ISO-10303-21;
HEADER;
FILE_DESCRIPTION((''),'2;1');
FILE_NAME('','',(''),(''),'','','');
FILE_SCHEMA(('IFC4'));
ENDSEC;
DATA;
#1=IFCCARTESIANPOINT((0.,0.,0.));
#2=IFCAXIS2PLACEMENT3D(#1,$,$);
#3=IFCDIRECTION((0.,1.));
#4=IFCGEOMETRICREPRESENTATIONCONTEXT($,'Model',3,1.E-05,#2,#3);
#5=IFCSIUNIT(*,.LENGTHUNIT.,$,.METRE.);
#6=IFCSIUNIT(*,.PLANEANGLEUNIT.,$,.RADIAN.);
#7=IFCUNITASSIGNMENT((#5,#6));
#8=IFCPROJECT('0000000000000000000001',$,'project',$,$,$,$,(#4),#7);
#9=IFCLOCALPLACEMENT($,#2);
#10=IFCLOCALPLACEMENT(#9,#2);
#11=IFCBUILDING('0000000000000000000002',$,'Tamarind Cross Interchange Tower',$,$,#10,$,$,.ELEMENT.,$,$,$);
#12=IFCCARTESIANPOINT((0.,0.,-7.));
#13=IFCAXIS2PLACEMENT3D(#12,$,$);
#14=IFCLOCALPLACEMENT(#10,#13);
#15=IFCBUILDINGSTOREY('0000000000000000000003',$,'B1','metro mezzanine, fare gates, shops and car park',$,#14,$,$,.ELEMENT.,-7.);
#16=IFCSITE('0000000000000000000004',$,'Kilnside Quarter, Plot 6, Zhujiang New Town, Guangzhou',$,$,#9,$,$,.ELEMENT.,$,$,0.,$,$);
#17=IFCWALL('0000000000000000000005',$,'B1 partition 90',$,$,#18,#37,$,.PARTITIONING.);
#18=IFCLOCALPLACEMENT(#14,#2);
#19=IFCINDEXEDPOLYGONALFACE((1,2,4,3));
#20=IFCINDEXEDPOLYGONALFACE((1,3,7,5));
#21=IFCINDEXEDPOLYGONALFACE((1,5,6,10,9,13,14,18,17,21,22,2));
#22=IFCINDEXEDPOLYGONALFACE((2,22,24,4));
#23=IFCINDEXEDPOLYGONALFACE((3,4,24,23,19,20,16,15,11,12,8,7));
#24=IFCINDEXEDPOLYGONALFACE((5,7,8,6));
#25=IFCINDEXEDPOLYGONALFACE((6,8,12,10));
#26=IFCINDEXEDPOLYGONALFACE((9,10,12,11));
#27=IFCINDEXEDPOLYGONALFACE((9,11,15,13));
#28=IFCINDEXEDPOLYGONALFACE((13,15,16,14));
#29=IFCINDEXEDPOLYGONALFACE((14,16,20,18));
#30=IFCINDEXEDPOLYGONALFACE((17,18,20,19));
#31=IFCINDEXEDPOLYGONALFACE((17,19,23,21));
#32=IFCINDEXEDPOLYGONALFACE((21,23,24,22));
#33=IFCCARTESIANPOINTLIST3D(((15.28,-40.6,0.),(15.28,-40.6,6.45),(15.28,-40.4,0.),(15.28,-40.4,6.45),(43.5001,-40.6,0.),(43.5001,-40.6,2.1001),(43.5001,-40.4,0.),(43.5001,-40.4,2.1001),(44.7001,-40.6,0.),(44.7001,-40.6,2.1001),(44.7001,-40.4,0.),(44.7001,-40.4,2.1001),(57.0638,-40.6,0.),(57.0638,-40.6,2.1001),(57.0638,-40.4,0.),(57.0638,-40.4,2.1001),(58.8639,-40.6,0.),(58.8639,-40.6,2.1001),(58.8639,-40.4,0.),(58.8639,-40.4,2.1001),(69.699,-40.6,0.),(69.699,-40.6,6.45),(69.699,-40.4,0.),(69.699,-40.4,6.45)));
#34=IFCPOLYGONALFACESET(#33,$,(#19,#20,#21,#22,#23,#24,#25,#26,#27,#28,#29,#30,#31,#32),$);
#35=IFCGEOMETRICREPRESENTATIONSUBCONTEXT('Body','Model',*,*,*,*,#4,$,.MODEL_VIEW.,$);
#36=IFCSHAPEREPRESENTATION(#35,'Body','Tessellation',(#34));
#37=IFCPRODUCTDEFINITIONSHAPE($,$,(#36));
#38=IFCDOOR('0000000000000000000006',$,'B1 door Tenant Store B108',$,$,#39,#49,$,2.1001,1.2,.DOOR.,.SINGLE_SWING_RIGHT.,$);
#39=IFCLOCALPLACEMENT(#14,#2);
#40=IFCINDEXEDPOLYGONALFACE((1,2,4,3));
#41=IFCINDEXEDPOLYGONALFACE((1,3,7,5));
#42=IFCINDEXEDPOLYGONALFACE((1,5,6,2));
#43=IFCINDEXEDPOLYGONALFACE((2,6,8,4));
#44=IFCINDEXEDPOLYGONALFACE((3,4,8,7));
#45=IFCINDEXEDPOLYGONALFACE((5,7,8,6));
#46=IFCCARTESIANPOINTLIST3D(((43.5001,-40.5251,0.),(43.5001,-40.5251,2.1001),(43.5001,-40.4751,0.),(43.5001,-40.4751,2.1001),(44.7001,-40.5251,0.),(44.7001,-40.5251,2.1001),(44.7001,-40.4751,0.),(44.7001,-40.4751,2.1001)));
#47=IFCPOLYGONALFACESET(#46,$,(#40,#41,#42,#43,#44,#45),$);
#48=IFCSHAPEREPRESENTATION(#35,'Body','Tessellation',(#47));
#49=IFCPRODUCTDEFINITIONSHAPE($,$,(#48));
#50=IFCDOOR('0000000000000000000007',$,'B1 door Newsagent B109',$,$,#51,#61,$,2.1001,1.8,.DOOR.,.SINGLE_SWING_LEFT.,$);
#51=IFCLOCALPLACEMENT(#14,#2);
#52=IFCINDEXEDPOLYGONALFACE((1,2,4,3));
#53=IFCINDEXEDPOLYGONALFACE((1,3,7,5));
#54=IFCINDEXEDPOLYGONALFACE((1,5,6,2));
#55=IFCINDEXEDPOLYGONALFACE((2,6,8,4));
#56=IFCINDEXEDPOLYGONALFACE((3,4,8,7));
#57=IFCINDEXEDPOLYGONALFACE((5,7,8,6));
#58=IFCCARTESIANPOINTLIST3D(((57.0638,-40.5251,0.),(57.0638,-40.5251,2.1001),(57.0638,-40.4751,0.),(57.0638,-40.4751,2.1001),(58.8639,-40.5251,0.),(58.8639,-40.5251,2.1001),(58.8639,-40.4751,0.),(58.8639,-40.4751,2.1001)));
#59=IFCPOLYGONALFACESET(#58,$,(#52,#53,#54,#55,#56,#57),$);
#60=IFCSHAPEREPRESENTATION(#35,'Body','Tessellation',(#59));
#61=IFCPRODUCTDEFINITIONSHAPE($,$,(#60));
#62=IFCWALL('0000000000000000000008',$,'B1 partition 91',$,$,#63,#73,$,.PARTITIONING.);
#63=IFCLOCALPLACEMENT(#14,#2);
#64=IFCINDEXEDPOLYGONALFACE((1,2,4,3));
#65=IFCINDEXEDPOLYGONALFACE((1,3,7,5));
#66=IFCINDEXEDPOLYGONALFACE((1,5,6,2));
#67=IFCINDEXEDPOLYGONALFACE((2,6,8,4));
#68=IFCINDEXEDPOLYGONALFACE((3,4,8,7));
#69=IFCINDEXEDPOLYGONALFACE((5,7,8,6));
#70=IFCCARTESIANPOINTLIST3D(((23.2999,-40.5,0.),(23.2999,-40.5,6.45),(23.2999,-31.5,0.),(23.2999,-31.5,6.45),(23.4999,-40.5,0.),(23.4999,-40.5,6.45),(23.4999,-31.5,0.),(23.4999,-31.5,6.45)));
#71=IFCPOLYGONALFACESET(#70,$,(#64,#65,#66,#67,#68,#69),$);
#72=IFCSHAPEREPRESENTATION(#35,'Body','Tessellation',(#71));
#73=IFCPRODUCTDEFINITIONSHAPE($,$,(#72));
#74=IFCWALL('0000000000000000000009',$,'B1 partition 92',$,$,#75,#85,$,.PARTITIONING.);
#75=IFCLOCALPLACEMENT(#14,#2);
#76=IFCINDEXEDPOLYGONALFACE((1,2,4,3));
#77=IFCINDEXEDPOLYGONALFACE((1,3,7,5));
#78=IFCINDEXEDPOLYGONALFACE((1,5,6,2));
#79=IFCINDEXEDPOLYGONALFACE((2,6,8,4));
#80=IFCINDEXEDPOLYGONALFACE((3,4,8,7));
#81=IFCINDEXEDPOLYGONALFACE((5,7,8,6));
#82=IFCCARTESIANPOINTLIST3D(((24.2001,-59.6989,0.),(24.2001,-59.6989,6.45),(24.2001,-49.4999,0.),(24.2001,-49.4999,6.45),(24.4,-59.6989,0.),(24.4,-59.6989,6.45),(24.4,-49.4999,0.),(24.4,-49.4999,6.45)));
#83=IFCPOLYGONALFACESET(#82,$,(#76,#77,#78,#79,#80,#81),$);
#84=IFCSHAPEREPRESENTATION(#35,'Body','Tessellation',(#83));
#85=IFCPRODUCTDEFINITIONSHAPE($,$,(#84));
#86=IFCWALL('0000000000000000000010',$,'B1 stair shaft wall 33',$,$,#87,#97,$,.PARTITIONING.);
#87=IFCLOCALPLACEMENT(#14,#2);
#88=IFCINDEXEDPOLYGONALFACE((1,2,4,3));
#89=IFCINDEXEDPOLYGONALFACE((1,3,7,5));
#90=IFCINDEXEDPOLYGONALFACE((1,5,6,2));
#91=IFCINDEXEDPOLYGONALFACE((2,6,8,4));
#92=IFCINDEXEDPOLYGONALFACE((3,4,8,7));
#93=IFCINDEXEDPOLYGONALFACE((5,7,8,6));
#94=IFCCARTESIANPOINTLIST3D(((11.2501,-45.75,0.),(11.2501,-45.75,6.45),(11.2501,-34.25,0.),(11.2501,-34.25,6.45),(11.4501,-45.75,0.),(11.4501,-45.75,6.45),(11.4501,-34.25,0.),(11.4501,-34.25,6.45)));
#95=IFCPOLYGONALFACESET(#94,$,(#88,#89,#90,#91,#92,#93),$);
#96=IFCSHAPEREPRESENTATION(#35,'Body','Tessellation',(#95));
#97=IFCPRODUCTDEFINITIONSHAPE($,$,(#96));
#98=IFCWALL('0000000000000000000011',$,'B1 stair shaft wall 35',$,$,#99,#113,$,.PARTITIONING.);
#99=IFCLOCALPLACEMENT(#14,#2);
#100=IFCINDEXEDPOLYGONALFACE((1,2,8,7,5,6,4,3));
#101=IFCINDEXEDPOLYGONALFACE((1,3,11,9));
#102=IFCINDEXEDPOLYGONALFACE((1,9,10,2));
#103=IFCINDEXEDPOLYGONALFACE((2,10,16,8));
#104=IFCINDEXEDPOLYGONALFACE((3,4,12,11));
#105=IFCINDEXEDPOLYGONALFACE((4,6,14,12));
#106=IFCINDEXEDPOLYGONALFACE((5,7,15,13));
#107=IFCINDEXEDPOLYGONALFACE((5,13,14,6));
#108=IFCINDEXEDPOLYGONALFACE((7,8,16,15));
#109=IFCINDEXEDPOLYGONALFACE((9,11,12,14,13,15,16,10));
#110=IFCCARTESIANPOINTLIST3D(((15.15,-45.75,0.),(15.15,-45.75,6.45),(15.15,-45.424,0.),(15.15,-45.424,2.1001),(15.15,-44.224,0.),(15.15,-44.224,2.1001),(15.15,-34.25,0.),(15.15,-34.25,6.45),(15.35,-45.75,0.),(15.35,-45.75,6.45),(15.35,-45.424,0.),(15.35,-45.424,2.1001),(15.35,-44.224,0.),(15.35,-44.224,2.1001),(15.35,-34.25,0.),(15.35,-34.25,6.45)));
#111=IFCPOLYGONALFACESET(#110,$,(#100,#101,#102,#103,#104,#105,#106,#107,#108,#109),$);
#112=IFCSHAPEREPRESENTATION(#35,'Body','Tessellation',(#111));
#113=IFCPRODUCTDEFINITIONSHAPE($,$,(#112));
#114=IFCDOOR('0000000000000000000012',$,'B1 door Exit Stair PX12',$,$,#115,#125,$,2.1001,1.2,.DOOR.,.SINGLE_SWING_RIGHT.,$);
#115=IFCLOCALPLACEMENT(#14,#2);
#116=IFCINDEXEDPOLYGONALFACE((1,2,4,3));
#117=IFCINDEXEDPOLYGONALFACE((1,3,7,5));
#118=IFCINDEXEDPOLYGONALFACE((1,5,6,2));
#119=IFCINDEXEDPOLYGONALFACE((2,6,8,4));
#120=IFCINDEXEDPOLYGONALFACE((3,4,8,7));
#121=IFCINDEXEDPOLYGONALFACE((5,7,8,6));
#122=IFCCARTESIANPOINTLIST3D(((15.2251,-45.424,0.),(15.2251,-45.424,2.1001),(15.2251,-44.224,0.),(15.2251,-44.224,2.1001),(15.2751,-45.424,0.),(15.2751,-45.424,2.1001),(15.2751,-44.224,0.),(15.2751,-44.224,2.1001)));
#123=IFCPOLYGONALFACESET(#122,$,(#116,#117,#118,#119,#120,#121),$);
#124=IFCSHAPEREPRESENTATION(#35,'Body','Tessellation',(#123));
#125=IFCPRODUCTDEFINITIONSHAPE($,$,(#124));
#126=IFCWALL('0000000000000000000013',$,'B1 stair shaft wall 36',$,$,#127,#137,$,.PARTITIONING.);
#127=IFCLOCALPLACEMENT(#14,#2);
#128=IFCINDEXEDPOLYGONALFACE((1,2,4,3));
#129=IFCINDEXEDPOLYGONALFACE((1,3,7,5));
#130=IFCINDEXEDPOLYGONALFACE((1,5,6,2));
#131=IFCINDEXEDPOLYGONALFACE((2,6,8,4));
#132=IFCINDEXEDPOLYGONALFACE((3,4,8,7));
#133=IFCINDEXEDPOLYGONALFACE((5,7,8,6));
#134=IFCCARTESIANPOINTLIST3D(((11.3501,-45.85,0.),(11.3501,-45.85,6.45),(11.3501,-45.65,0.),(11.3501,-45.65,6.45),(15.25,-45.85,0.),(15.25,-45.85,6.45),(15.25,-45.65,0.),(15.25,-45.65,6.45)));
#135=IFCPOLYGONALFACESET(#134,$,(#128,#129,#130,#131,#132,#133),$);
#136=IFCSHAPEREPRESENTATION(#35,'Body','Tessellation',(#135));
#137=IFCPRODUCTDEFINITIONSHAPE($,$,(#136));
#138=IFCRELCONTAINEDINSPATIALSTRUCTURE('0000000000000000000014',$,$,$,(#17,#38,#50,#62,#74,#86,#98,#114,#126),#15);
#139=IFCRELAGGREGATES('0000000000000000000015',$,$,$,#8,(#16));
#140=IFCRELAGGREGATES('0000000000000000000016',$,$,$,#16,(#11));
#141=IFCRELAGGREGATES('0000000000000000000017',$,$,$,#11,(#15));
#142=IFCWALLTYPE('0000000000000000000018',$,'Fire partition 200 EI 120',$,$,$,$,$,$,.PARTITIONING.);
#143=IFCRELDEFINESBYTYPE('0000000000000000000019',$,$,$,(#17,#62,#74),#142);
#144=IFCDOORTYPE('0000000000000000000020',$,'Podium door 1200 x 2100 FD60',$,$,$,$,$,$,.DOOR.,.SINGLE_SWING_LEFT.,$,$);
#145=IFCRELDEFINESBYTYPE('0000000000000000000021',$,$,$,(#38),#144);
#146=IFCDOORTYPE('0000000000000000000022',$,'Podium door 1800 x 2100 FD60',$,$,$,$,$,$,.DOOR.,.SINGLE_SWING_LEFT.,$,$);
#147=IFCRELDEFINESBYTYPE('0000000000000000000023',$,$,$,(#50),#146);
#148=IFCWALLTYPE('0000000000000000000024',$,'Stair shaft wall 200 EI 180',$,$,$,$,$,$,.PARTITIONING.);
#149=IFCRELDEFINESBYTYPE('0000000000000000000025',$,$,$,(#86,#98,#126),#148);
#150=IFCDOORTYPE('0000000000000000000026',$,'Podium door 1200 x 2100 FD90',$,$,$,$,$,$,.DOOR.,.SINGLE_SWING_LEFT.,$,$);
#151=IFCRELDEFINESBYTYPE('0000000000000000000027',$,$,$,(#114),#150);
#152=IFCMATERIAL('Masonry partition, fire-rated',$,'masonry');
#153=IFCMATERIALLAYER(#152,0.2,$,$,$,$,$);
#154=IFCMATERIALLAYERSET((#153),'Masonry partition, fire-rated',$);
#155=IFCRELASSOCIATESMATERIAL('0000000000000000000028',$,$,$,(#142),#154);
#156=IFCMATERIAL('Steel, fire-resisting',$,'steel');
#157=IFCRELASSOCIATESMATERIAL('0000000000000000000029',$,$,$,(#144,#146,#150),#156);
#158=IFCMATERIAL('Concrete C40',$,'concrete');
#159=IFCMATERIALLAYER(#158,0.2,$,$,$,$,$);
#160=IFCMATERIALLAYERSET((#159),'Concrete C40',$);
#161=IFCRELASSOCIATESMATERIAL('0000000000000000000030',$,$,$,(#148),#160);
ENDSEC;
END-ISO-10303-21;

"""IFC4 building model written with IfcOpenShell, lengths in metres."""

from ifc_helpers import new_model, si_unit, direction, frame, frame_2d, origin, place, context, subcontext, project, spatial, rectangle, extrude, material, layer, layer_set, type_object, element, fill, save


model = new_model("IFC4")

# Units and contexts
model_context = context("Model", 3, precision=1e-05, world=origin(), true_north=direction((0.0, 1.0)))
body_context = subcontext(model_context, "Body", "Model", "MODEL_VIEW")
ifc_project = project(units=[si_unit("LENGTHUNIT", "METRE"), si_unit("PLANEANGLEUNIT", "RADIAN")], contexts=[model_context])

# Site, building, storey
site_placement = place(None, origin())
site = spatial("IfcSite", under=ifc_project, at=site_placement, Name="Kilnside Quarter, Plot 6, Zhujiang New Town, Guangzhou", CompositionType="ELEMENT", RefElevation=0.0)
building_placement = place(site_placement, origin())
building = spatial("IfcBuilding", under=site, at=building_placement, Name="Tamarind Cross Interchange Tower", CompositionType="ELEMENT")
storey_placement = place(building_placement, frame((0.0, 0.0, -7.0)))
storey = spatial("IfcBuildingStorey", under=building, at=storey_placement, Name="B1", Description="metro mezzanine, fare gates, shops and car park", CompositionType="ELEMENT", Elevation=-7.0)

# Shared definitions
ifc_material_1 = material(Name="Masonry partition, fire-rated", Category="masonry")
ifc_layer_1 = layer(ifc_material_1, 0.2)
ifc_layer_set_1 = layer_set([ifc_layer_1], Name="Masonry partition, fire-rated")
wall_type_1 = type_object("IfcWallType", Name="Fire partition 200 EI 120", PredefinedType="PARTITIONING", material=ifc_layer_set_1)

# Wall, openings, doors
ifc_material_2 = material(Name="Steel, fire-resisting", Category="steel")
door_type_1 = type_object("IfcDoorType", Name="Podium door 1200 x 2100 FD60", OperationType="SINGLE_SWING_LEFT", PredefinedType="DOOR", material=ifc_material_2)
door_type_2 = type_object("IfcDoorType", Name="Podium door 1800 x 2100 FD60", OperationType="SINGLE_SWING_LEFT", PredefinedType="DOOR", material=ifc_material_2)
wall_1_placement = place(storey_placement, frame((15.28, -40.5, 0.0), z_axis=(0.0, 0.0, 1.0), x_axis=(1.0, 0.0, 0.0)))
wall_1 = element("IfcWall", 1, at=wall_1_placement, inside=storey, type_object=wall_type_1, Name="B1 partition 90", PredefinedType="PARTITIONING", context=body_context, shape_type="SweptSolid", body=[
    extrude(rectangle(XDim=54.4189, YDim=0.2, at=frame_2d((27.2095, 0.0))), origin(), (0.0, 0.0, 1.0), 6.45),
])
opening_1_placement = place(wall_1_placement, frame((28.22, 0.0, 0.0)))
opening_1 = element("IfcOpeningElement", 2, at=opening_1_placement, cuts=wall_1, PredefinedType="OPENING", context=body_context, shape_type="SweptSolid", body=[
    extrude(rectangle(XDim=1.2, YDim=2.1001, at=frame_2d((0.6001, 1.05))), frame((0.0, 0.1099, 0.0), z_axis=(0.0, -1.0, 0.0), x_axis=(1.0, 0.0, 0.0)), (0.0, 0.0, 1.0), 0.22),
])
opening_2_placement = place(wall_1_placement, frame((41.7839, 0.0, 0.0)))
opening_2 = element("IfcOpeningElement", 3, at=opening_2_placement, cuts=wall_1, PredefinedType="OPENING", context=body_context, shape_type="SweptSolid", body=[
    extrude(rectangle(XDim=1.8, YDim=2.1001, at=frame_2d((0.8999, 1.05))), frame((0.0, 0.1099, 0.0), z_axis=(0.0, -1.0, 0.0), x_axis=(1.0, 0.0, 0.0)), (0.0, 0.0, 1.0), 0.22),
])
door_1_placement = place(opening_1_placement, origin())
door_1 = element("IfcDoor", 4, at=door_1_placement, inside=storey, type_object=door_type_1, Name="B1 door Tenant Store B108", OperationType="SINGLE_SWING_RIGHT", OverallHeight=2.1001, OverallWidth=1.2, PredefinedType="DOOR", context=body_context, shape_type="SweptSolid", body=[
    extrude(rectangle(XDim=1.2, YDim=2.1001, at=frame_2d((0.6001, 1.05))), frame((0.0, 0.0249, 0.0), z_axis=(0.0, -1.0, 0.0), x_axis=(1.0, 0.0, 0.0)), (0.0, 0.0, 1.0), 0.05),
])
fill(opening_1, door_1)
door_2_placement = place(opening_2_placement, origin())
door_2 = element("IfcDoor", 5, at=door_2_placement, inside=storey, type_object=door_type_2, Name="B1 door Newsagent B109", OperationType="SINGLE_SWING_LEFT", OverallHeight=2.1001, OverallWidth=1.8, PredefinedType="DOOR", context=body_context, shape_type="SweptSolid", body=[
    extrude(rectangle(XDim=1.8, YDim=2.1001, at=frame_2d((0.8999, 1.05))), frame((0.0, 0.0249, 0.0), z_axis=(0.0, -1.0, 0.0), x_axis=(1.0, 0.0, 0.0)), (0.0, 0.0, 1.0), 0.05),
])
fill(opening_2, door_2)

# Walls
wall_2_placement = place(storey_placement, frame((23.3999, -40.5, 0.0), z_axis=(0.0, 0.0, 1.0), x_axis=(0.0, 1.0, 0.0)))
element("IfcWall", 6, at=wall_2_placement, inside=storey, type_object=wall_type_1, Name="B1 partition 91", PredefinedType="PARTITIONING", context=body_context, shape_type="SweptSolid", body=[
    extrude(rectangle(XDim=9.0, YDim=0.2, at=frame_2d((4.5, 0.0))), origin(), (0.0, 0.0, 1.0), 6.45),
])
wall_3_placement = place(storey_placement, frame((24.3, -59.699, 0.0), z_axis=(0.0, 0.0, 1.0), x_axis=(0.0, 1.0, 0.0)))
element("IfcWall", 7, at=wall_3_placement, inside=storey, type_object=wall_type_1, Name="B1 partition 92", PredefinedType="PARTITIONING", context=body_context, shape_type="SweptSolid", body=[
    extrude(rectangle(XDim=10.199, YDim=0.2, at=frame_2d((5.0996, 0.0))), origin(), (0.0, 0.0, 1.0), 6.45),
])
ifc_material_3 = material(Name="Concrete C40", Category="concrete")
ifc_layer_2 = layer(ifc_material_3, 0.2)
ifc_layer_set_2 = layer_set([ifc_layer_2], Name="Concrete C40")
wall_type_2 = type_object("IfcWallType", Name="Stair shaft wall 200 EI 180", PredefinedType="PARTITIONING", material=ifc_layer_set_2)
wall_4_placement = place(storey_placement, frame((11.3501, -45.75, 0.0), z_axis=(0.0, 0.0, 1.0), x_axis=(0.0, 1.0, 0.0)))
element("IfcWall", 8, at=wall_4_placement, inside=storey, type_object=wall_type_2, Name="B1 stair shaft wall 33", PredefinedType="PARTITIONING", context=body_context, shape_type="SweptSolid", body=[
    extrude(rectangle(XDim=11.5, YDim=0.2, at=frame_2d((5.75, 0.0))), origin(), (0.0, 0.0, 1.0), 6.45),
])

# Wall, opening, door
wall_5_placement = place(storey_placement, frame((15.25, -45.75, 0.0), z_axis=(0.0, 0.0, 1.0), x_axis=(0.0, 1.0, 0.0)))
wall_5 = element("IfcWall", 9, at=wall_5_placement, inside=storey, type_object=wall_type_2, Name="B1 stair shaft wall 35", PredefinedType="PARTITIONING", context=body_context, shape_type="SweptSolid", body=[
    extrude(rectangle(XDim=11.5, YDim=0.2, at=frame_2d((5.75, 0.0))), origin(), (0.0, 0.0, 1.0), 6.45),
])
opening_3_placement = place(wall_5_placement, frame((0.3259, 0.0, 0.0)))
opening_3 = element("IfcOpeningElement", 10, at=opening_3_placement, cuts=wall_5, PredefinedType="OPENING", context=body_context, shape_type="SweptSolid", body=[
    extrude(rectangle(XDim=1.2, YDim=2.1001, at=frame_2d((0.6001, 1.05))), frame((0.0, 0.1099, 0.0), z_axis=(0.0, -1.0, 0.0), x_axis=(1.0, 0.0, 0.0)), (0.0, 0.0, 1.0), 0.22),
])
door_type_3 = type_object("IfcDoorType", Name="Podium door 1200 x 2100 FD90", OperationType="SINGLE_SWING_LEFT", PredefinedType="DOOR", material=ifc_material_2)
door_3_placement = place(opening_3_placement, origin())
door_3 = element("IfcDoor", 11, at=door_3_placement, inside=storey, type_object=door_type_3, Name="B1 door Exit Stair PX12", OperationType="SINGLE_SWING_RIGHT", OverallHeight=2.1001, OverallWidth=1.2, PredefinedType="DOOR", context=body_context, shape_type="SweptSolid", body=[
    extrude(rectangle(XDim=1.2, YDim=2.1001, at=frame_2d((0.6001, 1.05))), frame((0.0, 0.0249, 0.0), z_axis=(0.0, -1.0, 0.0), x_axis=(1.0, 0.0, 0.0)), (0.0, 0.0, 1.0), 0.05),
])
fill(opening_3, door_3)

# Wall
wall_6_placement = place(storey_placement, frame((11.3501, -45.75, 0.0), z_axis=(0.0, 0.0, 1.0), x_axis=(1.0, 0.0, 0.0)))
element("IfcWall", 12, at=wall_6_placement, inside=storey, type_object=wall_type_2, Name="B1 stair shaft wall 36", PredefinedType="PARTITIONING", context=body_context, shape_type="SweptSolid", body=[
    extrude(rectangle(XDim=3.8999, YDim=0.2, at=frame_2d((1.95, 0.0))), origin(), (0.0, 0.0, 1.0), 6.45),
])

save(model, "model.ifc")
